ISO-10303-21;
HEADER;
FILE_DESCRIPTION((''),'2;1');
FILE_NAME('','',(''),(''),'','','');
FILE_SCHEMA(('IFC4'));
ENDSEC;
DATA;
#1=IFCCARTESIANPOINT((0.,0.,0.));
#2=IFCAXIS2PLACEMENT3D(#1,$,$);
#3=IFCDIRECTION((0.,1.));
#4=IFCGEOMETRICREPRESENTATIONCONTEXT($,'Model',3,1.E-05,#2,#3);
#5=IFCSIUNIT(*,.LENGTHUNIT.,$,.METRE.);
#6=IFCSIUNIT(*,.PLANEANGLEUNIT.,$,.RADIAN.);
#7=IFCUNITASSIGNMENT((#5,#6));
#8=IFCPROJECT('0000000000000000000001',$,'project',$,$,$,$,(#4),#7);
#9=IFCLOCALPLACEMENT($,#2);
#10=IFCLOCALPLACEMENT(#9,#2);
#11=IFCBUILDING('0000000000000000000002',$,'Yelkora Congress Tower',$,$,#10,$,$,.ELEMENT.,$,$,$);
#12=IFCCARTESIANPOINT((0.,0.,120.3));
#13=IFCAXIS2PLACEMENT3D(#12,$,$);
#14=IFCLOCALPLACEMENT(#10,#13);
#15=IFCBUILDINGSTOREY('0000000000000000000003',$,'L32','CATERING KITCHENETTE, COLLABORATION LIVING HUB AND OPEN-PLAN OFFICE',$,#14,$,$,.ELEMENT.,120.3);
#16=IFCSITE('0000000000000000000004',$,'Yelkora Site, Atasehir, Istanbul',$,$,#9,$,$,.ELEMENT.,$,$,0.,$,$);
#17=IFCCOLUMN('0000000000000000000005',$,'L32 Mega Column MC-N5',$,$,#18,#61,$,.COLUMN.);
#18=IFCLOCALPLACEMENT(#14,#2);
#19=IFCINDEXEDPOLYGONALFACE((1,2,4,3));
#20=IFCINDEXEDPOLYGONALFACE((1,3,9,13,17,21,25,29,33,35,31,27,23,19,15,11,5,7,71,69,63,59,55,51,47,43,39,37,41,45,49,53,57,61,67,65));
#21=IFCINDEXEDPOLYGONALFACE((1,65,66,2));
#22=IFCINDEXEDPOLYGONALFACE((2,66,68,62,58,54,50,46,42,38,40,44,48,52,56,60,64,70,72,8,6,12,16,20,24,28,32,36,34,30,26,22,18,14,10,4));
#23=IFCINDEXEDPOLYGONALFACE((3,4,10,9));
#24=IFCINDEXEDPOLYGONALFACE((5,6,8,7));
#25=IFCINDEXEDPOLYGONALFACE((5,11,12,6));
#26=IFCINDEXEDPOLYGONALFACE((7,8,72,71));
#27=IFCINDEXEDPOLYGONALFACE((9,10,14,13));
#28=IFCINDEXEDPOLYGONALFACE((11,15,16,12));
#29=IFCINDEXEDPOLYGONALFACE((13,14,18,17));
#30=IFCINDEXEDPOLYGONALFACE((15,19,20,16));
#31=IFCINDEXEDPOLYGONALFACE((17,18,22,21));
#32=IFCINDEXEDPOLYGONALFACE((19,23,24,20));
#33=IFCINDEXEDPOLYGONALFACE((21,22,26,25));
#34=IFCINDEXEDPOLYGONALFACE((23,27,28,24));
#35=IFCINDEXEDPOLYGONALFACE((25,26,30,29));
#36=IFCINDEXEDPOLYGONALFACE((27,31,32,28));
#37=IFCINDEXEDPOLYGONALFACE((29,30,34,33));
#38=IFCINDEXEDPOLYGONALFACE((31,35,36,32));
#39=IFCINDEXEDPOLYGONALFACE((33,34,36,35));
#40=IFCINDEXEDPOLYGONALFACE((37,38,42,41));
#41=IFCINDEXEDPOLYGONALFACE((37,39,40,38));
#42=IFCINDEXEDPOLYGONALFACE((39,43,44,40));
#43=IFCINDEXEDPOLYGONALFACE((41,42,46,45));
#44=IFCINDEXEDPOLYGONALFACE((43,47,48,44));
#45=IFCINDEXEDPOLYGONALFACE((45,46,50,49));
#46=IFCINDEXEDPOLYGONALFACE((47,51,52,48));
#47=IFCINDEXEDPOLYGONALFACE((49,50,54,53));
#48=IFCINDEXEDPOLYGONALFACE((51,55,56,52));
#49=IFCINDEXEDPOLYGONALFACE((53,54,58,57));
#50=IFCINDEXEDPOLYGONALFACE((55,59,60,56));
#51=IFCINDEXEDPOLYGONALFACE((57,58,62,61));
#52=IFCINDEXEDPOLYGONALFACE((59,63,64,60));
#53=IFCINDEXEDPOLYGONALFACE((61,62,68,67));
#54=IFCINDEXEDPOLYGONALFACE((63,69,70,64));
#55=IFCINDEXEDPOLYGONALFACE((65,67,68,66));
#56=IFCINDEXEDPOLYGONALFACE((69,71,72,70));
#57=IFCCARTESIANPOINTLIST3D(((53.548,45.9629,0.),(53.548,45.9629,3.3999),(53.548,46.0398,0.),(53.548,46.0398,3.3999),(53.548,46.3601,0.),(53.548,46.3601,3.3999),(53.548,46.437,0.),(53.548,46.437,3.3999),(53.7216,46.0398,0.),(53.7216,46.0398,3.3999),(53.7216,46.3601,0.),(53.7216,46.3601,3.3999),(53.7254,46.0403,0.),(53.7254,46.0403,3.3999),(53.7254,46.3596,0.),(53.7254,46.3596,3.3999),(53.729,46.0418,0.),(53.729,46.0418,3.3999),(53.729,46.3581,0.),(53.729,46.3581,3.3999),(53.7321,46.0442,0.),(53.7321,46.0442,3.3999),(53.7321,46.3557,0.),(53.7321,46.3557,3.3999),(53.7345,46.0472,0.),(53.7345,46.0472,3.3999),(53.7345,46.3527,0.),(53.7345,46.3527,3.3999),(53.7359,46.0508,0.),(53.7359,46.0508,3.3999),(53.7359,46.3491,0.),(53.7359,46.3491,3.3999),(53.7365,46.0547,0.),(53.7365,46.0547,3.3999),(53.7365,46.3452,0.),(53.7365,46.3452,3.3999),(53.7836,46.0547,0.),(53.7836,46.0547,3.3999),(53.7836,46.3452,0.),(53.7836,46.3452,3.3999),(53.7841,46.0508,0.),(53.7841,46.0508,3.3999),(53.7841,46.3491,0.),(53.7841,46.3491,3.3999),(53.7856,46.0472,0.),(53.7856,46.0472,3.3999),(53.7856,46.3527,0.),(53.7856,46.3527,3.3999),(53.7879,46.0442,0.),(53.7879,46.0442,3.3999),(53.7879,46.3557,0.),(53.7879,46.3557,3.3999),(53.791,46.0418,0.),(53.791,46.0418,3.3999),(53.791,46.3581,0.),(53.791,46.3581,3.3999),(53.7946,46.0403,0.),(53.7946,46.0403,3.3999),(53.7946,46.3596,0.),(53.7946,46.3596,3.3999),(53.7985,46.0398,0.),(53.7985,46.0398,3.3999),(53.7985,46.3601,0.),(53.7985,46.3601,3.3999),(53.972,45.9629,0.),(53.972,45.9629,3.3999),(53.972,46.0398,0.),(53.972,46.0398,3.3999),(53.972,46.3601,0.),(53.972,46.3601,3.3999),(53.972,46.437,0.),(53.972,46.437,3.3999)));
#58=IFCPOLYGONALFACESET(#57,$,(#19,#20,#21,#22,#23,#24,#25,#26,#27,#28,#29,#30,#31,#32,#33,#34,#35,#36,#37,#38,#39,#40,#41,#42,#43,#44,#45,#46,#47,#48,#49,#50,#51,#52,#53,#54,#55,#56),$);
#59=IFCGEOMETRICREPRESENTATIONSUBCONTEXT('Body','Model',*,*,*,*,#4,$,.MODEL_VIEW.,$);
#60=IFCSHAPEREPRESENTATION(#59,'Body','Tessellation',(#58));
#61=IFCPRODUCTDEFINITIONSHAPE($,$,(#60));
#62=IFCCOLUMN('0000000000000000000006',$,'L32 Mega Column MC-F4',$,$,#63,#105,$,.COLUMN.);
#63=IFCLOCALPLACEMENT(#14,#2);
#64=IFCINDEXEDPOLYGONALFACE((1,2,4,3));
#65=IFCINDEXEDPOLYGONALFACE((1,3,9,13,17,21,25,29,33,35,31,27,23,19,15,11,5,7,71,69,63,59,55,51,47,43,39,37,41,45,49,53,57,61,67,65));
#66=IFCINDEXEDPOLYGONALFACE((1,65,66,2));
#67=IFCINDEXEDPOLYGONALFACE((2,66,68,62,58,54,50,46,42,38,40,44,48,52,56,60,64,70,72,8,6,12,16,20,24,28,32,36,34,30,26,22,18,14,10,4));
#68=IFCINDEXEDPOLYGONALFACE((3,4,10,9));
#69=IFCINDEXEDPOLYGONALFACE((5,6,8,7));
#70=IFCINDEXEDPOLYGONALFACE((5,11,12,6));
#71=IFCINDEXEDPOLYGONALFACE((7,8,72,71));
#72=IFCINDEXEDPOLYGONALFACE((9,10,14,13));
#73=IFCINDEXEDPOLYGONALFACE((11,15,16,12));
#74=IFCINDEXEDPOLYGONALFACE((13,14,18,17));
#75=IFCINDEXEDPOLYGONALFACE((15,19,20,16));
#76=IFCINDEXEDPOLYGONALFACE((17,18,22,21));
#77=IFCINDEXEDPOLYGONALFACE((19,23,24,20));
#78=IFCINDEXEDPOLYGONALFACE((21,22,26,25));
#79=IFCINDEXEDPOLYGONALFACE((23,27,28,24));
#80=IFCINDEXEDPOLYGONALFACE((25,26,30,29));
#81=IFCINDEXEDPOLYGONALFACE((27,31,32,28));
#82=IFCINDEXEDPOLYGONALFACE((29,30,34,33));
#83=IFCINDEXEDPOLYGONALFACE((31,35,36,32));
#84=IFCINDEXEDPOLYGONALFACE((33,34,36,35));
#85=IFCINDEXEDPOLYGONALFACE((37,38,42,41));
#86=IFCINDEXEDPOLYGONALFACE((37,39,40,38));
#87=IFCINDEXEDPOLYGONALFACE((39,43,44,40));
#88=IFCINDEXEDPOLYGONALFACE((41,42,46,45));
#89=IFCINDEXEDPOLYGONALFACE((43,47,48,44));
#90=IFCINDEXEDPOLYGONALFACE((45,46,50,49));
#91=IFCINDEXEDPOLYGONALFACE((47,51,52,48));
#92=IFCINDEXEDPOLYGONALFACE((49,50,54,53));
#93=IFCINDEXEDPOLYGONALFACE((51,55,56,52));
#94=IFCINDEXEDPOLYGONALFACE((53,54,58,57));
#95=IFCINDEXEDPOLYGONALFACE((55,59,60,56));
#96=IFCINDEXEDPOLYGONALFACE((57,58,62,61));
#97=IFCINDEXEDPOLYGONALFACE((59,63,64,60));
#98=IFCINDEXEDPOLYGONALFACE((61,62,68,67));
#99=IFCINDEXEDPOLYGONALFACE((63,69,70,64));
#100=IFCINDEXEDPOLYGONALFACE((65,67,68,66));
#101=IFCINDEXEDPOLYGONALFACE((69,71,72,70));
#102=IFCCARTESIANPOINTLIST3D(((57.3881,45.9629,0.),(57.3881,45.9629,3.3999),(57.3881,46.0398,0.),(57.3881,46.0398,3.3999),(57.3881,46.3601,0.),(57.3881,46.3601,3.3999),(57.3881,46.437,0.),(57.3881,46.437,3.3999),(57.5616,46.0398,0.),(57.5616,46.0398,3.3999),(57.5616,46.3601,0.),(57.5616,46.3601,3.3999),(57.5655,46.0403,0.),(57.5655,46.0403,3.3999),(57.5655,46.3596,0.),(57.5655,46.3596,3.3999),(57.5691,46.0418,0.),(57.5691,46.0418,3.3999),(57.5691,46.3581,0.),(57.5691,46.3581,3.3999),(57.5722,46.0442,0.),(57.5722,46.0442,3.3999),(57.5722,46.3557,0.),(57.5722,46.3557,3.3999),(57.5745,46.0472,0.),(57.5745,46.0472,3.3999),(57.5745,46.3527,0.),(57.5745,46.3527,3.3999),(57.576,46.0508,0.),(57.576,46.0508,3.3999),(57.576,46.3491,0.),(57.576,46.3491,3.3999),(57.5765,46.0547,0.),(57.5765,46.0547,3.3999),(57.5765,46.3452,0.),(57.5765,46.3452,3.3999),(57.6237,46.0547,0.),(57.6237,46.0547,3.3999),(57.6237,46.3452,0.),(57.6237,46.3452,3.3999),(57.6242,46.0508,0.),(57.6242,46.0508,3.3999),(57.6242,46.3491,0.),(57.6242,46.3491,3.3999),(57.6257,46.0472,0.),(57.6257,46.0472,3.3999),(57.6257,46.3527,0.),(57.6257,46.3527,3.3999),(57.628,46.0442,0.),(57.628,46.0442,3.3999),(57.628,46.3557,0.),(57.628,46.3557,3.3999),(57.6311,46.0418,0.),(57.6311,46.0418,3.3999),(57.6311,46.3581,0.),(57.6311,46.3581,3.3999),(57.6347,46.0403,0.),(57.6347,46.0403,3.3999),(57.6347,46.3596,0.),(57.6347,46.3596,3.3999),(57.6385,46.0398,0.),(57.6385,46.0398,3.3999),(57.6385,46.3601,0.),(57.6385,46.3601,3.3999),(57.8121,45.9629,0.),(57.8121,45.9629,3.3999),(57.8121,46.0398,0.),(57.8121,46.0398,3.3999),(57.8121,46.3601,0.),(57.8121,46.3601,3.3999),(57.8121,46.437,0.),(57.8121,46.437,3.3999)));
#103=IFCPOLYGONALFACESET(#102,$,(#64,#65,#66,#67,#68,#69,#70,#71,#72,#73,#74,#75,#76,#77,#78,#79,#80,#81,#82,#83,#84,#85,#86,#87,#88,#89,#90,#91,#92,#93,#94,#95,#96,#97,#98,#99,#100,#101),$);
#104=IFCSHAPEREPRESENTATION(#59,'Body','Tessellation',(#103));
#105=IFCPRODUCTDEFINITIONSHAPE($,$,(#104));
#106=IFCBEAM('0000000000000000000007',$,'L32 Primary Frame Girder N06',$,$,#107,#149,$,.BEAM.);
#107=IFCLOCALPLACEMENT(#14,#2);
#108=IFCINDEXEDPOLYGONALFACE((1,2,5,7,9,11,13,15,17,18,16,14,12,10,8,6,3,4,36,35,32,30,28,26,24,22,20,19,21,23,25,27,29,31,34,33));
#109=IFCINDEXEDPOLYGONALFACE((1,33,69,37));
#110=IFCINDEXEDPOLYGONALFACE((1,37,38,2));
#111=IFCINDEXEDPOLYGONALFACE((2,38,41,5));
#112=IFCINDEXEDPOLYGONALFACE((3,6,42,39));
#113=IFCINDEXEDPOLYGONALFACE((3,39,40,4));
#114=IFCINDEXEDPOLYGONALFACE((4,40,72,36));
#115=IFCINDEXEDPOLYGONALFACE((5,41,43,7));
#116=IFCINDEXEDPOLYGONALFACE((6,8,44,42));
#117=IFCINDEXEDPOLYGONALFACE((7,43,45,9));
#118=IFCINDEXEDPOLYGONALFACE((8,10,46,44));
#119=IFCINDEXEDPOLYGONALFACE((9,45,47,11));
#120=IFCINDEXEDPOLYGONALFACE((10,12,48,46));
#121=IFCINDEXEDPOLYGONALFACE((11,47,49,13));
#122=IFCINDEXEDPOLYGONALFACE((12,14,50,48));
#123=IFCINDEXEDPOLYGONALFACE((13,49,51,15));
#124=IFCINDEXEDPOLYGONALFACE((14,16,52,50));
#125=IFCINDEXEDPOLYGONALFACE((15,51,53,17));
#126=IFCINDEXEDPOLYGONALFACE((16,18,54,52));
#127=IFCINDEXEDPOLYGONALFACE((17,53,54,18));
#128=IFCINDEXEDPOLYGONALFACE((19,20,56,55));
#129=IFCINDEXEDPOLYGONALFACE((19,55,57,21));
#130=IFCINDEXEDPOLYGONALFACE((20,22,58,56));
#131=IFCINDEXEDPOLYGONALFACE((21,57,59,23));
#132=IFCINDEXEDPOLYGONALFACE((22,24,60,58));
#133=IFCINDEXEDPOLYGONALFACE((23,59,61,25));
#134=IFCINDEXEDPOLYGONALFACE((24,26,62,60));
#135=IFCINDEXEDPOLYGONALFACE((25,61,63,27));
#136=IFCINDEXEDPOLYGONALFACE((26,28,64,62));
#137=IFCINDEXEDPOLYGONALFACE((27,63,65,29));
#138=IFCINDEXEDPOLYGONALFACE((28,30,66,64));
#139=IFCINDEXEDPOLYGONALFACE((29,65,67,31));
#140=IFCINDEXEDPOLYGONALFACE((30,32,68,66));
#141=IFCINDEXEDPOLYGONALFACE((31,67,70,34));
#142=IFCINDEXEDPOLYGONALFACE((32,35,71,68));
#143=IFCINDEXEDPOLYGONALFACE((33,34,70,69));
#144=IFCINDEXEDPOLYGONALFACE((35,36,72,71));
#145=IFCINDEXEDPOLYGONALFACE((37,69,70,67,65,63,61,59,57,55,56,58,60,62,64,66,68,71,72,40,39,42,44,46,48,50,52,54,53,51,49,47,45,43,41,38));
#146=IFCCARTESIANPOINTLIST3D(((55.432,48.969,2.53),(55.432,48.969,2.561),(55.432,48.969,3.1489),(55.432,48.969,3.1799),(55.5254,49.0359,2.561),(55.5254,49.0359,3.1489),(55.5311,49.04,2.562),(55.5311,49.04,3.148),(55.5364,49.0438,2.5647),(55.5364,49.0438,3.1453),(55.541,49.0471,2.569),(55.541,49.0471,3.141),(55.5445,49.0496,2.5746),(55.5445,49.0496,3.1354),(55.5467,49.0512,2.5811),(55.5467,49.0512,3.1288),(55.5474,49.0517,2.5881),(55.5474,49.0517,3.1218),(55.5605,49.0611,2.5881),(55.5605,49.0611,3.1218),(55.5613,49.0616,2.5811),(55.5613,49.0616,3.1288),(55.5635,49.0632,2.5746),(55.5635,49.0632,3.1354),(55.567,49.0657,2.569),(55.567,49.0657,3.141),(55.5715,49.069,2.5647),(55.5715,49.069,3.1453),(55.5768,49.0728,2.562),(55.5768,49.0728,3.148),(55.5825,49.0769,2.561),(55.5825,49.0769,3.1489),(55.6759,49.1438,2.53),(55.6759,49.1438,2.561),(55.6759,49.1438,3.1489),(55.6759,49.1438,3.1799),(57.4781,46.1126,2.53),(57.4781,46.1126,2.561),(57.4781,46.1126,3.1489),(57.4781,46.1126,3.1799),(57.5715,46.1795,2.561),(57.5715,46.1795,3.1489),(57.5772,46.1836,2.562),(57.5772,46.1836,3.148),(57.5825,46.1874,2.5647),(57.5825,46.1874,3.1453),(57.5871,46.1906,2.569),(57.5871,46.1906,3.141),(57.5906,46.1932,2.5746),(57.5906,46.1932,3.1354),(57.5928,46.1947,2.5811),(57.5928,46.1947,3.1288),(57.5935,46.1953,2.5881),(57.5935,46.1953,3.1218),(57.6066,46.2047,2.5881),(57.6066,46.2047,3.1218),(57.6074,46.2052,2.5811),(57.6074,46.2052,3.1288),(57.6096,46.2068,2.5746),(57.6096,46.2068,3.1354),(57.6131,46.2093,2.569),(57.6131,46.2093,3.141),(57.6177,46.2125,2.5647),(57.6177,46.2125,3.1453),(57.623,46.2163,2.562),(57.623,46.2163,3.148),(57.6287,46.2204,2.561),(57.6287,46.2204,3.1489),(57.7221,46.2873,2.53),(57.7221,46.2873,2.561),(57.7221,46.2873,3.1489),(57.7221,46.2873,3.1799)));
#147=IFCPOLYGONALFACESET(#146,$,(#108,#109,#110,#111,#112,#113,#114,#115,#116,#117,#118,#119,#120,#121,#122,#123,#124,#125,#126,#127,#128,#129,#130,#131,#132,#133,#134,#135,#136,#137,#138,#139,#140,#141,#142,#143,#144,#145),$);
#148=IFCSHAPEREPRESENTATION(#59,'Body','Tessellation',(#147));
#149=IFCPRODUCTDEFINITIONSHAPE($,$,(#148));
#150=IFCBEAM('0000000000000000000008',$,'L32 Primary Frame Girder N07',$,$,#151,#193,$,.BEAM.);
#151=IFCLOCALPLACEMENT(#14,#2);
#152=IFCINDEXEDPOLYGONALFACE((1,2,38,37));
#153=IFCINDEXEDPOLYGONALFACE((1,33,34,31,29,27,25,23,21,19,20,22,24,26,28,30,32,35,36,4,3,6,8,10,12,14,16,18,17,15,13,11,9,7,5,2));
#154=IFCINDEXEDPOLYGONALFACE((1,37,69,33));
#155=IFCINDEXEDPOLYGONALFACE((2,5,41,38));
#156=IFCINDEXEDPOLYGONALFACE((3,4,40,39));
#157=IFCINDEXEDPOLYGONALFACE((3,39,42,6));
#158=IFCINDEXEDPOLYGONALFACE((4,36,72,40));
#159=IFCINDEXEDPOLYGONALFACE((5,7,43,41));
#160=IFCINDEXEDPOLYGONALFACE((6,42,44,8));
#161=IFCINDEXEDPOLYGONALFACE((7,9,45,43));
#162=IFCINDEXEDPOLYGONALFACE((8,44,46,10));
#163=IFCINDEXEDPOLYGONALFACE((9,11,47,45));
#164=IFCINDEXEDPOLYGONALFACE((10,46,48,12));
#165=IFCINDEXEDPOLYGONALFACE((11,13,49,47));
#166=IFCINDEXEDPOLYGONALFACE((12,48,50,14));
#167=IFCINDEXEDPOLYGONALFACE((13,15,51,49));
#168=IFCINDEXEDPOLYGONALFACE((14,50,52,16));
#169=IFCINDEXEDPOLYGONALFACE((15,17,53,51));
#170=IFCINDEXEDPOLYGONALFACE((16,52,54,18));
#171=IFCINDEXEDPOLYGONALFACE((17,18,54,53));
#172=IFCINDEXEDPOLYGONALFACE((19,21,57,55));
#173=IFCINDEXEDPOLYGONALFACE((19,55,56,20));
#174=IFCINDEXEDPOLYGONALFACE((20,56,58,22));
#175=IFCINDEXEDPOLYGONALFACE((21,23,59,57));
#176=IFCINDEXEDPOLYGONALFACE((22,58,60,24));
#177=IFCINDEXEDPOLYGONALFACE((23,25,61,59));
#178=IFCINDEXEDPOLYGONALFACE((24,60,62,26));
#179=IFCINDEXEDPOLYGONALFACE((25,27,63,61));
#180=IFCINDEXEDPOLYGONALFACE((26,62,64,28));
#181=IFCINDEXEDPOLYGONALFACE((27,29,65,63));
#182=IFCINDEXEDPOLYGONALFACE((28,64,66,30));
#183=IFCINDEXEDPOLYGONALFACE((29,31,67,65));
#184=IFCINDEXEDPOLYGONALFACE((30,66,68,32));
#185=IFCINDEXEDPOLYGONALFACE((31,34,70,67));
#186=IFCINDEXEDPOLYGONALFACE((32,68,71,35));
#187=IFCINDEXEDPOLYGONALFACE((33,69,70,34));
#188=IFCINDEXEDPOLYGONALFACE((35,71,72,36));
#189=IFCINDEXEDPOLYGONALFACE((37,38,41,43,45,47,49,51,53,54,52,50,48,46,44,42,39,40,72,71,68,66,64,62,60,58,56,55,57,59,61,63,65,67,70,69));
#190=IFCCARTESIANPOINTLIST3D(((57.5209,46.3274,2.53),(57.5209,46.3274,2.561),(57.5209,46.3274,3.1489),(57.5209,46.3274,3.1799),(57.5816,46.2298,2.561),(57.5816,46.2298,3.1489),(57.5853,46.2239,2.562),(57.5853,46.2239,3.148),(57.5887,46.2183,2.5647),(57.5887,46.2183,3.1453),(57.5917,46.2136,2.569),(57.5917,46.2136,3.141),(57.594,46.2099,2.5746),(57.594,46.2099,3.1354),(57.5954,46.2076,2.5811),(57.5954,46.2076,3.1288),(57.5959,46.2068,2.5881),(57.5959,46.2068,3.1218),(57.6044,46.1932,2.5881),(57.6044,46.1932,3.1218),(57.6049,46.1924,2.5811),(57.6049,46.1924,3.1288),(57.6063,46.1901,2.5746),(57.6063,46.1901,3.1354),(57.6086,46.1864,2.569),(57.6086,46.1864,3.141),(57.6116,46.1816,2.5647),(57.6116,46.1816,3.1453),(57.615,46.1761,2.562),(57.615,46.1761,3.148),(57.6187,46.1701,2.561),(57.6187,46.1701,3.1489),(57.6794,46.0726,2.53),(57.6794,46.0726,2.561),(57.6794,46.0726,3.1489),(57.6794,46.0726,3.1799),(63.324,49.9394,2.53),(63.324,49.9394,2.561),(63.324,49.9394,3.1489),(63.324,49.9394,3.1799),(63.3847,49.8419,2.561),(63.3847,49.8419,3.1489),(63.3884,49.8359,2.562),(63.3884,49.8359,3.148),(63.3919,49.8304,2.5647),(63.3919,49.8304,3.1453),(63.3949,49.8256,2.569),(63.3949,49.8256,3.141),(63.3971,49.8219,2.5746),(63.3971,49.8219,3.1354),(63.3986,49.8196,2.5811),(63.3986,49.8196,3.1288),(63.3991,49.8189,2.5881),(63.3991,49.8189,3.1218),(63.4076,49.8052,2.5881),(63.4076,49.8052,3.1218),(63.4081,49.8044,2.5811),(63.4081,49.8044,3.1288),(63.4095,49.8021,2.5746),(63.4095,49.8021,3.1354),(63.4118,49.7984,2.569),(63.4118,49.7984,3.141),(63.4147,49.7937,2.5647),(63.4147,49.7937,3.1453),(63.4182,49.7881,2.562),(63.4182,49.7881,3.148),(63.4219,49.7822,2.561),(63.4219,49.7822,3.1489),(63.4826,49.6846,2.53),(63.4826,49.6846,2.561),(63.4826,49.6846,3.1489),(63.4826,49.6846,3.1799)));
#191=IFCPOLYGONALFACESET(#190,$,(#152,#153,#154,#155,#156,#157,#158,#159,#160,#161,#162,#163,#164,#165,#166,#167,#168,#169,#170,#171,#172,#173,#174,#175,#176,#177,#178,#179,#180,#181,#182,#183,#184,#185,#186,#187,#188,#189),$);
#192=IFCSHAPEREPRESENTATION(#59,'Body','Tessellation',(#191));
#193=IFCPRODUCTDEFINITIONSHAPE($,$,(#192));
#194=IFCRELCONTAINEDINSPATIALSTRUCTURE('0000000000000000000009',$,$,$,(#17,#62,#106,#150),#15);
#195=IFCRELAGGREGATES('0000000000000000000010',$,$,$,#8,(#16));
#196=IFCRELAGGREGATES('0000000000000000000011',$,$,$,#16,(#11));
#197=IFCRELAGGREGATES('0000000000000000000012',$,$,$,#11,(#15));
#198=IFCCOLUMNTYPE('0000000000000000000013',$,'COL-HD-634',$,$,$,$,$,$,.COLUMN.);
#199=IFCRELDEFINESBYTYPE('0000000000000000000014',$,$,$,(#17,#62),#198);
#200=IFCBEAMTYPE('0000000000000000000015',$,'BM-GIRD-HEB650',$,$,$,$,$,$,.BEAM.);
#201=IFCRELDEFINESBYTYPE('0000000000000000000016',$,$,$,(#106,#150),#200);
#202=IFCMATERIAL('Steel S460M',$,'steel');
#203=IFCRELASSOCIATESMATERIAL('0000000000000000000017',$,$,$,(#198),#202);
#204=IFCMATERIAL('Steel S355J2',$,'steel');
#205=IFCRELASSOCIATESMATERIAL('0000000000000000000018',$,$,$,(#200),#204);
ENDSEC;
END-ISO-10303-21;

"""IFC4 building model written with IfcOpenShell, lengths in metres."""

from ifc_helpers import new_model, si_unit, direction, frame, origin, origin_2d, place, context, subcontext, project, spatial, i_section, extrude, material, material_profile, profile_set, type_object, element, save


model = new_model("IFC4")

# Units and contexts
model_context = context("Model", 3, precision=1e-05, world=origin(), true_north=direction((0.0, 1.0)))
body_context = subcontext(model_context, "Body", "Model", "MODEL_VIEW")
ifc_project = project(units=[si_unit("LENGTHUNIT", "METRE"), si_unit("PLANEANGLEUNIT", "RADIAN")], contexts=[model_context])

# Site, building, storey
site_placement = place(None, origin())
site = spatial("IfcSite", under=ifc_project, at=site_placement, Name="Yelkora Site, Atasehir, Istanbul", CompositionType="ELEMENT", RefElevation=0.0)
building_placement = place(site_placement, origin())
building = spatial("IfcBuilding", under=site, at=building_placement, Name="Yelkora Congress Tower", CompositionType="ELEMENT")
storey_placement = place(building_placement, frame((0.0, 0.0, 120.3)))
storey = spatial("IfcBuildingStorey", under=building, at=storey_placement, Name="L32", Description="CATERING KITCHENETTE, COLLABORATION LIVING HUB AND OPEN-PLAN OFFICE", CompositionType="ELEMENT", Elevation=120.3)

# Columns
ifc_material_1 = material(Name="Steel S460M", Category="steel")
ifc_material_profile_1 = material_profile(ifc_material_1, i_section(OverallWidth=0.4241, OverallDepth=0.4741, WebThickness=0.0471, FlangeThickness=0.0769, FilletRadius=0.0149, at=origin_2d()), Name="HD 400x634")
ifc_profile_set_1 = profile_set([ifc_material_profile_1], Name="Steel S460M")
column_type_1 = type_object("IfcColumnType", Name="COL-HD-634", PredefinedType="COLUMN", material=ifc_profile_set_1)
for number, where, z_axis, x_axis, name in (
    (1, (53.76, 46.2, 0.0), (0.0, 0.0, 1.0), (1.0, 0.0, 0.0), "L32 Mega Column MC-N5"),
    (2, (57.6001, 46.2, 0.0), (0.0, 0.0, 1.0), (1.0, 0.0, 0.0), "L32 Mega Column MC-F4"),
):
    element("IfcColumn", number, at=place(storey_placement, frame(where, z_axis=z_axis, x_axis=x_axis)), inside=storey, type_object=column_type_1, Name=name, PredefinedType="COLUMN", context=body_context, shape_type="SweptSolid", body=[
        extrude(i_section(OverallWidth=0.4241, OverallDepth=0.4741, WebThickness=0.0471, FlangeThickness=0.0769, FilletRadius=0.0149, at=origin_2d()), origin(), (0.0, 0.0, 1.0), 3.3999),
    ])

# Beams
ifc_material_2 = material(Name="Steel S355J2", Category="steel")
ifc_material_profile_2 = material_profile(ifc_material_2, i_section(OverallWidth=0.3, OverallDepth=0.6499, WebThickness=0.0161, FlangeThickness=0.031, FilletRadius=0.0271, at=origin_2d()), Name="HEB 650")
ifc_profile_set_2 = profile_set([ifc_material_profile_2], Name="Steel S355J2")
beam_type_1 = type_object("IfcBeamType", Name="BM-GIRD-HEB650", PredefinedType="BEAM", material=ifc_profile_set_2)
beam_1_placement = place(storey_placement, frame((55.554, 49.0564, 2.855), z_axis=(0.582335, -0.812949, 0.0), x_axis=(0.812949, 0.582335, 0.0)))
element("IfcBeam", 3, at=beam_1_placement, inside=storey, type_object=beam_type_1, Name="L32 Primary Frame Girder N06", PredefinedType="BEAM", context=body_context, shape_type="SweptSolid", body=[
    extrude(i_section(OverallWidth=0.3, OverallDepth=0.6499, WebThickness=0.0161, FlangeThickness=0.031, FilletRadius=0.0271, at=origin_2d()), origin(), (0.0, 0.0, 1.0), 3.5137),
])
beam_2_placement = place(storey_placement, frame((63.4033, 49.812, 2.855), z_axis=(-0.84898, -0.528425, 0.0), x_axis=(0.528425, -0.84898, 0.0)))
element("IfcBeam", 4, at=beam_2_placement, inside=storey, type_object=beam_type_1, Name="L32 Primary Frame Girder N07", PredefinedType="BEAM", context=body_context, shape_type="SweptSolid", body=[
    extrude(i_section(OverallWidth=0.3, OverallDepth=0.6499, WebThickness=0.0161, FlangeThickness=0.031, FilletRadius=0.0271, at=origin_2d()), origin(), (0.0, 0.0, 1.0), 6.8354),
])

save(model, "model.ifc")
